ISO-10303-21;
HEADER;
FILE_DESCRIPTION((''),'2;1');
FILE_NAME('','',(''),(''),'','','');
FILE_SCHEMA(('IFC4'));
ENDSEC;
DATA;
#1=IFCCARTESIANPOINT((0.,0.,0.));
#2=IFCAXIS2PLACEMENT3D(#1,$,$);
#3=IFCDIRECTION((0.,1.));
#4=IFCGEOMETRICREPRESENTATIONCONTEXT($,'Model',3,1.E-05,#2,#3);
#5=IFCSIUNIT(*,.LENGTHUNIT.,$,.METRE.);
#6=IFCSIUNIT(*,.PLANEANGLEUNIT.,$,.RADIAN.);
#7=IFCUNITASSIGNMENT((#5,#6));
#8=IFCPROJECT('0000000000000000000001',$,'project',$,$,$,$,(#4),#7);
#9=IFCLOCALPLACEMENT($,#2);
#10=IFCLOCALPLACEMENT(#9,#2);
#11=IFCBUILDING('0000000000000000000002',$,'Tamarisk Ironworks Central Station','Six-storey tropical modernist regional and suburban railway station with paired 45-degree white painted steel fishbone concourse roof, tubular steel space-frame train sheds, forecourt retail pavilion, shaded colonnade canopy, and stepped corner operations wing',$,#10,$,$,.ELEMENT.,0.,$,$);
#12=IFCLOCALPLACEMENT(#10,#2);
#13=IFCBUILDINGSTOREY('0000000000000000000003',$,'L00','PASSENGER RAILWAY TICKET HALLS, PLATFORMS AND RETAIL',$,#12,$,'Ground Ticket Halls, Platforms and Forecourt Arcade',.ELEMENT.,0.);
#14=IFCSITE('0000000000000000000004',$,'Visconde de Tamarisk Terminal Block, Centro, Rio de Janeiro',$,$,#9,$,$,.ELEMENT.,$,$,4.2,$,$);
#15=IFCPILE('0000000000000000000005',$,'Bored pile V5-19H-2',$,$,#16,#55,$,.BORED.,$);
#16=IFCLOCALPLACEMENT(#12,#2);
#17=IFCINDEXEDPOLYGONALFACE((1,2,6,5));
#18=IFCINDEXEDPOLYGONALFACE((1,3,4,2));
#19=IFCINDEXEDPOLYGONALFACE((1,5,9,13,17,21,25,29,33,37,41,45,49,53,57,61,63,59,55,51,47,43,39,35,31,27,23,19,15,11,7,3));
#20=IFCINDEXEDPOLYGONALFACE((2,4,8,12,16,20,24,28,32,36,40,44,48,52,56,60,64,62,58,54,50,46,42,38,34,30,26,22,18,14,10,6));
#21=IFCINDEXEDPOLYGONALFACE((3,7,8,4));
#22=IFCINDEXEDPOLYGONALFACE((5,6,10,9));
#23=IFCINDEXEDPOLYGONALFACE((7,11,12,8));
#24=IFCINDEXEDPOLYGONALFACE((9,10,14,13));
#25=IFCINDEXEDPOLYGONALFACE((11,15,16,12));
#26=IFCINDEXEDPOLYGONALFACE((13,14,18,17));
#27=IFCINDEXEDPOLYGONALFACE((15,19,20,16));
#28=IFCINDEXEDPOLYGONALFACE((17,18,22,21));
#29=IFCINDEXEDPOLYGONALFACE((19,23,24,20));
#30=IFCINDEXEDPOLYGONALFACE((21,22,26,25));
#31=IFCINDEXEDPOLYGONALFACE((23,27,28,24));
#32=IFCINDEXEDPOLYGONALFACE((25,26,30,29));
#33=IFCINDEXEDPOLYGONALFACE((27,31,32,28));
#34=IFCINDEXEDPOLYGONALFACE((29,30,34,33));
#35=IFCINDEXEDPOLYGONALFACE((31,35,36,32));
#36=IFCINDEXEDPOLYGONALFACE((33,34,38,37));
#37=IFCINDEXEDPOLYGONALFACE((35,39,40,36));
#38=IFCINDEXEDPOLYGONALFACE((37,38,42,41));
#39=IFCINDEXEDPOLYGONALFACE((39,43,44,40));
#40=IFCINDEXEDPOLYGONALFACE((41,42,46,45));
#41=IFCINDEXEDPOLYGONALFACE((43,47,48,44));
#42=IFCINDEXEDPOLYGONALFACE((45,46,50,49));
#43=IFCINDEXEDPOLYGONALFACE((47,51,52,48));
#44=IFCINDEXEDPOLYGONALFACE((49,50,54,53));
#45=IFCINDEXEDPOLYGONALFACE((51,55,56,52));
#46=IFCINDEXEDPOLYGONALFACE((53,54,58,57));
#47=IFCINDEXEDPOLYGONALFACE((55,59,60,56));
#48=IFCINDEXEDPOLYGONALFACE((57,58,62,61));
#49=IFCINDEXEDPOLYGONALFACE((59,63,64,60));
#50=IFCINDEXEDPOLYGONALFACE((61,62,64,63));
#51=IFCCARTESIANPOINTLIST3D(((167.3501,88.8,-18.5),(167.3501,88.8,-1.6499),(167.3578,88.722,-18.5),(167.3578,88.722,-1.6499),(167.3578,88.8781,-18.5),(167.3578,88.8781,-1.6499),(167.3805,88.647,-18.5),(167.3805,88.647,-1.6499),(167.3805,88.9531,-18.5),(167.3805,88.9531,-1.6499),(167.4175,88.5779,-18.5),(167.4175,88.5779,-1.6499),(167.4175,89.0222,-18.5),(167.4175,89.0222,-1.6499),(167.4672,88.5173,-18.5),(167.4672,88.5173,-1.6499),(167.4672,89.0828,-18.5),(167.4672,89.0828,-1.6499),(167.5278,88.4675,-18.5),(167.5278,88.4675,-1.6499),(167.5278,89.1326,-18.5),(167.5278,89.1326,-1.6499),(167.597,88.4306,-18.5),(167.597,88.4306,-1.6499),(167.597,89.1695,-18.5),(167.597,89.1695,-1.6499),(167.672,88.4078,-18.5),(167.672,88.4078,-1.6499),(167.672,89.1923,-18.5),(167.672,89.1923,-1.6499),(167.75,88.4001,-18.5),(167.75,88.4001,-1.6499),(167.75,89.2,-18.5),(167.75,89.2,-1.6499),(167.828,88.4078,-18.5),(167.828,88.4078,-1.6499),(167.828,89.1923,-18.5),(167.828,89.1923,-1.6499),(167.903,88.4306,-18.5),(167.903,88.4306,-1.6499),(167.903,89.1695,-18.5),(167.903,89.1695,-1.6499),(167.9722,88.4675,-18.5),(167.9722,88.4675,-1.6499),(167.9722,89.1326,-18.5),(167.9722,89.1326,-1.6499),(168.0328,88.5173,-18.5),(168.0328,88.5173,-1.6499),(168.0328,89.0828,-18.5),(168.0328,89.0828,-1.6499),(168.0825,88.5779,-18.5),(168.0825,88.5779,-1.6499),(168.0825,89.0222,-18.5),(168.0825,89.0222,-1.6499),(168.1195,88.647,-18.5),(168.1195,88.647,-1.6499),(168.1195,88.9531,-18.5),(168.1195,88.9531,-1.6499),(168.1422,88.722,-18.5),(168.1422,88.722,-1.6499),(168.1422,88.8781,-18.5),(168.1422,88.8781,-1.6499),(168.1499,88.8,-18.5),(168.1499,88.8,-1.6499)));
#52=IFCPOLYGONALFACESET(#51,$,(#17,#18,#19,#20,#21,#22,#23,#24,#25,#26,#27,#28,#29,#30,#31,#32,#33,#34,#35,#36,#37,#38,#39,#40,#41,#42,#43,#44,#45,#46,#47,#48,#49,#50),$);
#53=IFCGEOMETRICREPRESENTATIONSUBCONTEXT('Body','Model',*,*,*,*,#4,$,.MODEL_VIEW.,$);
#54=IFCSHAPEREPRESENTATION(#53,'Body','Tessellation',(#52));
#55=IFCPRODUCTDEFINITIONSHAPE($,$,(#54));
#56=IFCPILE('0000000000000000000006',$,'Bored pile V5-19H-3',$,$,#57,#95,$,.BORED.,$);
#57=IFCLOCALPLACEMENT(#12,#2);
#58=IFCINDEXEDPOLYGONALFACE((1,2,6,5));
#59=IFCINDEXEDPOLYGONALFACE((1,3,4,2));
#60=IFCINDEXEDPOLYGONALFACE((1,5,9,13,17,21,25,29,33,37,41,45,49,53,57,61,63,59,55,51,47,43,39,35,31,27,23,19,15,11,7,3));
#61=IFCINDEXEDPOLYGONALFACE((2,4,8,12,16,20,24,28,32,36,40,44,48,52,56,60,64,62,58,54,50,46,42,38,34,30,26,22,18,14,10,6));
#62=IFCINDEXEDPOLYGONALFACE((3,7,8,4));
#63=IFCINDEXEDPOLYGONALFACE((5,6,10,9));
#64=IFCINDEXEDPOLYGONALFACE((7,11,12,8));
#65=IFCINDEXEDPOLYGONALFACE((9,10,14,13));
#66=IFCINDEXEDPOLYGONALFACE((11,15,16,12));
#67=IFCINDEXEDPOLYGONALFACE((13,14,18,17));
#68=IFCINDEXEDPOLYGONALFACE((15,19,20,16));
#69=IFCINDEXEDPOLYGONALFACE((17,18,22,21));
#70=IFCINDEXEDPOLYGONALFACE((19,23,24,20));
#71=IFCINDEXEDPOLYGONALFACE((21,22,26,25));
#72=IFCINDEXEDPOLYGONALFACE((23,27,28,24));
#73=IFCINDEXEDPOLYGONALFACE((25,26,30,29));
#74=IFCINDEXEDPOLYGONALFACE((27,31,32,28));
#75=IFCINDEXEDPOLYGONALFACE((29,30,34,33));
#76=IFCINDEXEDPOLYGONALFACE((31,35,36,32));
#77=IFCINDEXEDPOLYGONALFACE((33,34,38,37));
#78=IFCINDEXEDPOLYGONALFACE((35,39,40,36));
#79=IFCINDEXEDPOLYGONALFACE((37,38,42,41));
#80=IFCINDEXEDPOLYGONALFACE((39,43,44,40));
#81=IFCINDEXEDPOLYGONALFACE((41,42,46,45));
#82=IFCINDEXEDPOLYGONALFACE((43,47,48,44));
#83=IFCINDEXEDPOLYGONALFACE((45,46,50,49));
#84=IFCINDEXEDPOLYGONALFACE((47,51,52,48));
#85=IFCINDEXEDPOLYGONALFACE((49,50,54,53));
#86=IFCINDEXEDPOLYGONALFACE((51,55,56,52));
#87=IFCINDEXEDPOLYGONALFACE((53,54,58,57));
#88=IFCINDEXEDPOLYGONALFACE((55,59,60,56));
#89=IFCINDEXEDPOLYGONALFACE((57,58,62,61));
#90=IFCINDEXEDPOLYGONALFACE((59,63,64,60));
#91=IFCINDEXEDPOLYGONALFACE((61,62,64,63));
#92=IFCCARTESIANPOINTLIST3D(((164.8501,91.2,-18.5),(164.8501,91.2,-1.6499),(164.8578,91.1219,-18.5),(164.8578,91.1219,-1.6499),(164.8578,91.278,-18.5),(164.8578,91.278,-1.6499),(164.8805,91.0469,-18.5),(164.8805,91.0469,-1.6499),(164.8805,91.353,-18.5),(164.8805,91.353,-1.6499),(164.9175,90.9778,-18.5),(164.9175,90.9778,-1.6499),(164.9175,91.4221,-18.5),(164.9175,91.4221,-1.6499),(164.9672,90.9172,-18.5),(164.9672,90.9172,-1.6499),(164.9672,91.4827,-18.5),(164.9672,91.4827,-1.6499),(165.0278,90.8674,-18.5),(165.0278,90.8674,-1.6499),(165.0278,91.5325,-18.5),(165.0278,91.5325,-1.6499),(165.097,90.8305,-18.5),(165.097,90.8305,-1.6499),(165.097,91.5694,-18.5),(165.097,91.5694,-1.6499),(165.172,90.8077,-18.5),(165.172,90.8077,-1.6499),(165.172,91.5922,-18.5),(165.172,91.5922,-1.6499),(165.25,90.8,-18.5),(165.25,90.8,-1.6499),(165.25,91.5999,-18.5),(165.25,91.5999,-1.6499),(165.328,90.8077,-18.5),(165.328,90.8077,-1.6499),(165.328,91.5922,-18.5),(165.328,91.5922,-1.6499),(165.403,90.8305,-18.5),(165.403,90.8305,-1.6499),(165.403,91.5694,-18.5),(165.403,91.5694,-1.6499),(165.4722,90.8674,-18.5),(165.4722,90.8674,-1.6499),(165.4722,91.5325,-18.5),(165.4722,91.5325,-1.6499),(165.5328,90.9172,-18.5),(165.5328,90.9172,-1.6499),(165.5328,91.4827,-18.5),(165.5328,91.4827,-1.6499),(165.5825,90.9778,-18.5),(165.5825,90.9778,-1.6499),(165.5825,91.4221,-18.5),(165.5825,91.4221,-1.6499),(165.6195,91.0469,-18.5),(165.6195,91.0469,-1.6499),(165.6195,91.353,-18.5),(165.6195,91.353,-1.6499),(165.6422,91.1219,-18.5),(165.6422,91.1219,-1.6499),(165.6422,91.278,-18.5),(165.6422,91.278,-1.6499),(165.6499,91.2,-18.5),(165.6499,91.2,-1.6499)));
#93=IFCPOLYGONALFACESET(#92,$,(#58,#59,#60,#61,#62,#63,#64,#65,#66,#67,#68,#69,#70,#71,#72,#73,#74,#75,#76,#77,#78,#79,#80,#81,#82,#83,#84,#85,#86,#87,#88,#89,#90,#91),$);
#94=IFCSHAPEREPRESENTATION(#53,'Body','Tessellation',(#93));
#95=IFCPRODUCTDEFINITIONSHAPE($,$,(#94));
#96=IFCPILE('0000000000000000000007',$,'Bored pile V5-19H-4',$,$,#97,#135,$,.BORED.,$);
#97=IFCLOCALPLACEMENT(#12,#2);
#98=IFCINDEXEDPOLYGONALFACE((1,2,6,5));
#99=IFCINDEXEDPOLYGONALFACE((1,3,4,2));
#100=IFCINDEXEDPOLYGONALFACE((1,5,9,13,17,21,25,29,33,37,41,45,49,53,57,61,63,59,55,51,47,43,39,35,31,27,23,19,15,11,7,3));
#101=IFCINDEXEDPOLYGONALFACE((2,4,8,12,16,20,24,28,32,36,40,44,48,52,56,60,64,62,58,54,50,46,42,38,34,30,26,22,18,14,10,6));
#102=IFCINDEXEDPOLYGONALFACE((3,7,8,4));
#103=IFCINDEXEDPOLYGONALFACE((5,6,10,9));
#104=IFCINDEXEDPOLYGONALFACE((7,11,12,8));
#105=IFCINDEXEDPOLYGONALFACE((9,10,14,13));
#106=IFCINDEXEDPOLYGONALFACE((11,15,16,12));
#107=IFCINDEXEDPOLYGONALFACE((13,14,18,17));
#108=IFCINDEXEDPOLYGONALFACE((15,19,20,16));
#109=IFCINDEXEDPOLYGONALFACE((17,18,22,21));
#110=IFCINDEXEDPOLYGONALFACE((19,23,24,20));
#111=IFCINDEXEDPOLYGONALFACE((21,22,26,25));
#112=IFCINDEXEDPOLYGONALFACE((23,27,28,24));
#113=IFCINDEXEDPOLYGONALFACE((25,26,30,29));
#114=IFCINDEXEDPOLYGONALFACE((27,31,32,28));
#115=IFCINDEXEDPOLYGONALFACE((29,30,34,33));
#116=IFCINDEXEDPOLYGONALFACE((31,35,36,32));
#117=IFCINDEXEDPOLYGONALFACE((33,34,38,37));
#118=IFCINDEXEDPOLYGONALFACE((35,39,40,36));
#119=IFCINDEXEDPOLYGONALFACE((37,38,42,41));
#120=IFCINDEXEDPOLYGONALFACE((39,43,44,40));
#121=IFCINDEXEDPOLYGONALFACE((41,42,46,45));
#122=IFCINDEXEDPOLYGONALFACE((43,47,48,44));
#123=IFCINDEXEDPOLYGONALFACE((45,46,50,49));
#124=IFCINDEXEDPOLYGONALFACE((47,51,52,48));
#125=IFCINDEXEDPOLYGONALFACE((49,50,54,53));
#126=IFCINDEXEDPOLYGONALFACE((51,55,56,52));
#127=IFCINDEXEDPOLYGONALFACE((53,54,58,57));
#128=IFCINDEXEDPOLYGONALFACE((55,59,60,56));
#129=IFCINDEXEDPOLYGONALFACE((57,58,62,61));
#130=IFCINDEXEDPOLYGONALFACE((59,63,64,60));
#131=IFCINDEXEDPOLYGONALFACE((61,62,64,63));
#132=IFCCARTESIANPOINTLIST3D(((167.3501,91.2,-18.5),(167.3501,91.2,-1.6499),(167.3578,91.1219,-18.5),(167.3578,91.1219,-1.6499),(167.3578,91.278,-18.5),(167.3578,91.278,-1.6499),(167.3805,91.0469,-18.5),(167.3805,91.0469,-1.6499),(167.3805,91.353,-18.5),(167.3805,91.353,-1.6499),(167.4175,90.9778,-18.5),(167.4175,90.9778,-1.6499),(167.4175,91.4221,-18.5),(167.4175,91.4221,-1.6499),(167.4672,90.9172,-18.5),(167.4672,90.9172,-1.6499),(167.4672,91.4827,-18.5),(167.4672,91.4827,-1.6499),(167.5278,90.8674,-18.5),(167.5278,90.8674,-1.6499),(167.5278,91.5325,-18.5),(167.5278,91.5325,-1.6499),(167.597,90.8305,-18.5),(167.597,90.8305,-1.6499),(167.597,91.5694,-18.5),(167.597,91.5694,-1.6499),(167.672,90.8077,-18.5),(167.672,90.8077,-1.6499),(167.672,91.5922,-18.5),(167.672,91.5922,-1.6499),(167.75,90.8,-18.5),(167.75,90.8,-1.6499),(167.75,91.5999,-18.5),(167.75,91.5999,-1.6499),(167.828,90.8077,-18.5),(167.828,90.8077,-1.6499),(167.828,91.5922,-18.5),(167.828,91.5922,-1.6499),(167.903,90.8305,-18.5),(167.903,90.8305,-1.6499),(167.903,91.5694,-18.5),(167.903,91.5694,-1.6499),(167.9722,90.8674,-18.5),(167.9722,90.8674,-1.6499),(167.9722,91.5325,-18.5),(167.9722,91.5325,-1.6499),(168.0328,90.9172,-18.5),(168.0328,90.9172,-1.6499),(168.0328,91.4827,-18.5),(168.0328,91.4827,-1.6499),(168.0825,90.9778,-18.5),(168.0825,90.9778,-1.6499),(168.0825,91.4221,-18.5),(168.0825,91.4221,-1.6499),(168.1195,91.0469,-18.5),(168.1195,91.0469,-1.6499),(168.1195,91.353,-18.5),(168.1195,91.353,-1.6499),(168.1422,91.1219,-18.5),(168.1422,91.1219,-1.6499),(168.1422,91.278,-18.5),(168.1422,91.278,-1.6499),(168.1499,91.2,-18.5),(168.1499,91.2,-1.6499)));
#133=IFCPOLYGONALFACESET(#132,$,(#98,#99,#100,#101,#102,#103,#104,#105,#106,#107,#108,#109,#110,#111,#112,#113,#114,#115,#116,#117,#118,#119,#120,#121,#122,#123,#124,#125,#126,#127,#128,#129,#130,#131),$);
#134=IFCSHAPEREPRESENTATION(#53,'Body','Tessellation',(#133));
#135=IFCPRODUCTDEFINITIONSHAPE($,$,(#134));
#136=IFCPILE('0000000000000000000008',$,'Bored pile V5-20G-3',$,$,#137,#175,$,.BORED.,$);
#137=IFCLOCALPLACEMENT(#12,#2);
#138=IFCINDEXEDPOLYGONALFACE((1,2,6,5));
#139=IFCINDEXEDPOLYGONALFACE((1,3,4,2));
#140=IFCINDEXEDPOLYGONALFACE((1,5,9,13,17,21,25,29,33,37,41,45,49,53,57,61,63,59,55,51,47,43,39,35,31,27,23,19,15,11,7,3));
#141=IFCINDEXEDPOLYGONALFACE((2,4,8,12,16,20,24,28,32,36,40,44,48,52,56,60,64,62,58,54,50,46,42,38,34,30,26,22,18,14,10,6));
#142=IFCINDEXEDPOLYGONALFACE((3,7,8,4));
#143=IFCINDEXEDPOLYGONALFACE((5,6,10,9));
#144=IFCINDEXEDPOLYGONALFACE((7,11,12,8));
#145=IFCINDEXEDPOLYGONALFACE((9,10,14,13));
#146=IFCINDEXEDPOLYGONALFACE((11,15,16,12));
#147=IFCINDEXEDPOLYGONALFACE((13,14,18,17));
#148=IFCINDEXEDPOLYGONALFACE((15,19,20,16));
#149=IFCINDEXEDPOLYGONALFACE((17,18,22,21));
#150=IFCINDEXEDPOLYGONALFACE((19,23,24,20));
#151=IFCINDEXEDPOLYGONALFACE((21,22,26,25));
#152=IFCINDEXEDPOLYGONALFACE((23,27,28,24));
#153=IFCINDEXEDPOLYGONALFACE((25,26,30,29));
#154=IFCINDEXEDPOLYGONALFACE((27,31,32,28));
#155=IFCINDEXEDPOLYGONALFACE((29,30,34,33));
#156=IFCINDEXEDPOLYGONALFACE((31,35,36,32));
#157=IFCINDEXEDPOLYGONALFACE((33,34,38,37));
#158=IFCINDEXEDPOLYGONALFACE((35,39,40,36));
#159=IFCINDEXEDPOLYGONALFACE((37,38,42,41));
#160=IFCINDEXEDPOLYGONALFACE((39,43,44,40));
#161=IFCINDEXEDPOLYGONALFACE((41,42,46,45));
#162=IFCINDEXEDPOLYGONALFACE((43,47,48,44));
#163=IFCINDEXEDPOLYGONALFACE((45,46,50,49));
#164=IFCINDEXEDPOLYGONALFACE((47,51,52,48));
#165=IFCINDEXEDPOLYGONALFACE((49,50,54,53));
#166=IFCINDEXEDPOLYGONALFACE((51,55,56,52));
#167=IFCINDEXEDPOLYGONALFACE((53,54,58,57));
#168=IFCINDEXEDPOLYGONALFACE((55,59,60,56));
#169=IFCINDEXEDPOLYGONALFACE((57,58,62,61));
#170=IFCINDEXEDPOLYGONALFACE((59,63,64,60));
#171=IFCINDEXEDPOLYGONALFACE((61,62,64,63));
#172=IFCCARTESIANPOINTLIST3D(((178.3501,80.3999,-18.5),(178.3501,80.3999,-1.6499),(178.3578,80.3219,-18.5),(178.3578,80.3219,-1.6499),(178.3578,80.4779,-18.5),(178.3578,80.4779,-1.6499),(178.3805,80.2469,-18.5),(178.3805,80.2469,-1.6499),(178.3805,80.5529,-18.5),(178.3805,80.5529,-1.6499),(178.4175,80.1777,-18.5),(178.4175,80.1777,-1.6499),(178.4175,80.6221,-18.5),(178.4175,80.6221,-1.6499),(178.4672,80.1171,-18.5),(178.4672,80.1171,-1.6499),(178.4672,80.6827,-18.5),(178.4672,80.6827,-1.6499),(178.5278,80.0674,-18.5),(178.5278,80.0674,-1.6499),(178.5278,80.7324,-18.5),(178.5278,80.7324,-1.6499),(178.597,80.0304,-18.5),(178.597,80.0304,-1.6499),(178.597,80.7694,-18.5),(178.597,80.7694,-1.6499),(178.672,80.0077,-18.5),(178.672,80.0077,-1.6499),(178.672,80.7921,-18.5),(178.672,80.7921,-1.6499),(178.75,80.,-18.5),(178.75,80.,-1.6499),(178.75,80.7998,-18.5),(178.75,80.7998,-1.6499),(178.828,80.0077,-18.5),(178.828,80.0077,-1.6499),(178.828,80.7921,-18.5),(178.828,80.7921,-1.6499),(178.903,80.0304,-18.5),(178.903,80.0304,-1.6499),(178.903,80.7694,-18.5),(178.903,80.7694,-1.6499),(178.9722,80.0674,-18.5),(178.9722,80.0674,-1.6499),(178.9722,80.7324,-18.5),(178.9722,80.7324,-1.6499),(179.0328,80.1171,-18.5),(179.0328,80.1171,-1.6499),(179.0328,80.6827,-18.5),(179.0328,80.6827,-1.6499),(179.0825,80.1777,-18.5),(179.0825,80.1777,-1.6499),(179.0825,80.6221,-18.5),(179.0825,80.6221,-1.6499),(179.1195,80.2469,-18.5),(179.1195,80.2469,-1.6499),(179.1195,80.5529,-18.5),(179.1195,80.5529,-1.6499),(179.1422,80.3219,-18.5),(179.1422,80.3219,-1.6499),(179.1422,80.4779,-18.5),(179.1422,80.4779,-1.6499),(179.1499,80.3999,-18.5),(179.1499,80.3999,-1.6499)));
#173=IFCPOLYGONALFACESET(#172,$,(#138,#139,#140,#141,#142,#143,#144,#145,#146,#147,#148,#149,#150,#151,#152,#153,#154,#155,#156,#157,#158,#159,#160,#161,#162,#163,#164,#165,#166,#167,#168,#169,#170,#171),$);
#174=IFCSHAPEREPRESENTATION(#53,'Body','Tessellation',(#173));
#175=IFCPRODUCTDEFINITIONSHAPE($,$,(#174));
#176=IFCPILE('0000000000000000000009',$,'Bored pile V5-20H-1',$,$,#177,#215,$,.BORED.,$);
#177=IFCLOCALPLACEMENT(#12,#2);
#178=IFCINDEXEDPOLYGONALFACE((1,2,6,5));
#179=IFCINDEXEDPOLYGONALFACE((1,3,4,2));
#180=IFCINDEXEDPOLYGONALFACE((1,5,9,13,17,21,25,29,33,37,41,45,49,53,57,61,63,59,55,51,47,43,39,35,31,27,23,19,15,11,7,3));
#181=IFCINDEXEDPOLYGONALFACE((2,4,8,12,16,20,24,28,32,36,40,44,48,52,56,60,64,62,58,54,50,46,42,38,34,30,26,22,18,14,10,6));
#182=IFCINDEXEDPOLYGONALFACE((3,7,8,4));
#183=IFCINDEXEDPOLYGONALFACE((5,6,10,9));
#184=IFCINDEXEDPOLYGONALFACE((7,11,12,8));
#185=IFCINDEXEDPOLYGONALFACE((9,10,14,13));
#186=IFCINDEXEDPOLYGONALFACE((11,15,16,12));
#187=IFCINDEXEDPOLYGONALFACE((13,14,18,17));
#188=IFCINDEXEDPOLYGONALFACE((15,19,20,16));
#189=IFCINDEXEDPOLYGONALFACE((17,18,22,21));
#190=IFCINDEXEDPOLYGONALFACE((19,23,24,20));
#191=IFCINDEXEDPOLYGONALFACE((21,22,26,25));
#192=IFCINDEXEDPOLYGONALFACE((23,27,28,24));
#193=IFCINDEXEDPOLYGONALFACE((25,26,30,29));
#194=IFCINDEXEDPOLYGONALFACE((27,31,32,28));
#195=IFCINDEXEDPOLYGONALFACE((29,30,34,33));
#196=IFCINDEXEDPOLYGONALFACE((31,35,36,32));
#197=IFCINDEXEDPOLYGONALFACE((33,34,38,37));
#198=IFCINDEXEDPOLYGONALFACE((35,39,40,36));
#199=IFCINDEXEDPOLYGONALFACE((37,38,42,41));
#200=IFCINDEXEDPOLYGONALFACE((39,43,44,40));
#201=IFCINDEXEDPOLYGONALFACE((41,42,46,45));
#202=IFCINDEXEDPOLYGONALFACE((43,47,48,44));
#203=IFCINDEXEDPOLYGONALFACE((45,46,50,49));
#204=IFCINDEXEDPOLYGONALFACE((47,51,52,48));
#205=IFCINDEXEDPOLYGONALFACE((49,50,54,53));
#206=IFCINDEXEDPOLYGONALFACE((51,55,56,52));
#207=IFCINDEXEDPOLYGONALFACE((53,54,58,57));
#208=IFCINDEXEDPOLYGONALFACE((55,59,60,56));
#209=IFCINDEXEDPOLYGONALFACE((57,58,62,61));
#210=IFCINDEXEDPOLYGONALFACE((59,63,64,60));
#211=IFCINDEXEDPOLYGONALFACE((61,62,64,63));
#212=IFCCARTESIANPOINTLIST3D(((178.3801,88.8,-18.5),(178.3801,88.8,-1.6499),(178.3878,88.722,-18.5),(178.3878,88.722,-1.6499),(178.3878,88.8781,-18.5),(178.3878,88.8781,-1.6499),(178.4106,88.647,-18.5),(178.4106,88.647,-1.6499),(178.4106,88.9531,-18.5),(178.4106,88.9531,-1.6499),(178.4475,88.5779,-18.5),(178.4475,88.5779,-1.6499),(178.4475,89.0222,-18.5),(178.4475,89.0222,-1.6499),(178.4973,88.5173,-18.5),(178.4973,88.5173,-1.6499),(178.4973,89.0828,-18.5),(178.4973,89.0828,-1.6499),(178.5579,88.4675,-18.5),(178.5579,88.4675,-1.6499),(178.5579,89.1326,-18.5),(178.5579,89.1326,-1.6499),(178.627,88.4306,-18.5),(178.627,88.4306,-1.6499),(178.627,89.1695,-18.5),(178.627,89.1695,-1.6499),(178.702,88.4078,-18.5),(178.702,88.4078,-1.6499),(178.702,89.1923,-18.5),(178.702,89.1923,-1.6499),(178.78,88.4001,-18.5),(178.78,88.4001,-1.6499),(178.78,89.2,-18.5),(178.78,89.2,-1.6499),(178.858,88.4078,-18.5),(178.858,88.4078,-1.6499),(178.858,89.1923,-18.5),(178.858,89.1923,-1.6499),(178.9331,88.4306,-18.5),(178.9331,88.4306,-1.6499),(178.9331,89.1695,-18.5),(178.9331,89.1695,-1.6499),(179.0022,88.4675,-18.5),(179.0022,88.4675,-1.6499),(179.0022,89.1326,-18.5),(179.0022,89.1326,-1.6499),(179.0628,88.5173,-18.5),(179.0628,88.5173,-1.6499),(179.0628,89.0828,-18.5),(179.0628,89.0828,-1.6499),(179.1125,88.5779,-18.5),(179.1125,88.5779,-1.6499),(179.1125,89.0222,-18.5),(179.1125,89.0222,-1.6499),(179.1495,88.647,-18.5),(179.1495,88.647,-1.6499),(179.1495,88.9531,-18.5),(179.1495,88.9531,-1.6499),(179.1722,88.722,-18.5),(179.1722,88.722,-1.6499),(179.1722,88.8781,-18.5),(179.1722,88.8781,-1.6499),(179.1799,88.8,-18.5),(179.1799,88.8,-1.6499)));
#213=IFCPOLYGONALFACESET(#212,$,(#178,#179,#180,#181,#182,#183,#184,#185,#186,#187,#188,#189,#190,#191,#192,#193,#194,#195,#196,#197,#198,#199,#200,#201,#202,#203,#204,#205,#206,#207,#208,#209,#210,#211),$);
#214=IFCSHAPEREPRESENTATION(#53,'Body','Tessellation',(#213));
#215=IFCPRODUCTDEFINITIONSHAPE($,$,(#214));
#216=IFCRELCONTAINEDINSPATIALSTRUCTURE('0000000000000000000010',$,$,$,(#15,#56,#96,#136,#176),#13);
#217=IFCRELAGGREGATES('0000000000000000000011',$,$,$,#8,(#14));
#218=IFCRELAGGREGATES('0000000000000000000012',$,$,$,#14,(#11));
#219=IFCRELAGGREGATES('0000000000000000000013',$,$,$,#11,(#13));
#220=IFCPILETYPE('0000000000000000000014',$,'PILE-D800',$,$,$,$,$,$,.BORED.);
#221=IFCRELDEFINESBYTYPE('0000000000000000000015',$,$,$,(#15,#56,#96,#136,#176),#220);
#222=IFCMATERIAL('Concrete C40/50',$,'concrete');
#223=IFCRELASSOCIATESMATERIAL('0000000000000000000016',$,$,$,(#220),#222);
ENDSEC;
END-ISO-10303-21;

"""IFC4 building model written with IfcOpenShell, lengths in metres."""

from ifc_helpers import new_model, si_unit, direction, frame, origin, origin_2d, place, context, subcontext, project, spatial, circle, extrude, material, material_profile, profile_set, type_object, element, save


model = new_model("IFC4")

# Units and contexts
model_context = context("Model", 3, precision=1e-05, world=origin(), true_north=direction((0.0, 1.0)))
body_context = subcontext(model_context, "Body", "Model", "MODEL_VIEW")
ifc_project = project(units=[si_unit("LENGTHUNIT", "METRE"), si_unit("PLANEANGLEUNIT", "RADIAN")], contexts=[model_context])

# Site, building, storey
site_placement = place(None, origin())
site = spatial("IfcSite", under=ifc_project, at=site_placement, Name="Visconde de Tamarisk Terminal Block, Centro, Rio de Janeiro", CompositionType="ELEMENT", RefElevation=4.2)
building_placement = place(site_placement, origin())
building = spatial("IfcBuilding", under=site, at=building_placement, Name="Tamarisk Ironworks Central Station", Description="Six-storey tropical modernist regional and suburban railway station with paired 45-degree white painted steel fishbone concourse roof, tubular steel space-frame train sheds, forecourt retail pavilion, shaded colonnade canopy, and stepped corner operations wing", CompositionType="ELEMENT", ElevationOfRefHeight=0.0)
storey_placement = place(building_placement, origin())
storey = spatial("IfcBuildingStorey", under=building, at=storey_placement, Name="L00", Description="PASSENGER RAILWAY TICKET HALLS, PLATFORMS AND RETAIL", LongName="Ground Ticket Halls, Platforms and Forecourt Arcade", CompositionType="ELEMENT", Elevation=0.0)

# Shared definitions
ifc_material_1 = material(Name="Concrete C40/50", Category="concrete")

# Piles
ifc_material_profile_1 = material_profile(ifc_material_1, circle(Radius=0.3999, at=origin_2d()), Name="BORED PILE D800")
ifc_profile_set_1 = profile_set([ifc_material_profile_1], Name="Concrete C40/50")
pile_type = type_object("IfcPileType", Name="PILE-D800", PredefinedType="BORED", material=ifc_profile_set_1)
for number, where, z_axis, x_axis, name in (
    (1, (167.75, 88.8, -1.6499), (0.0, 0.0, -1.0), (1.0, 0.0, 0.0), "Bored pile V5-19H-2"),
    (2, (165.25, 91.2, -1.6499), (0.0, 0.0, -1.0), (1.0, 0.0, 0.0), "Bored pile V5-19H-3"),
    (3, (167.75, 91.2, -1.6499), (0.0, 0.0, -1.0), (1.0, 0.0, 0.0), "Bored pile V5-19H-4"),
    (4, (178.75, 80.3999, -1.6499), (0.0, 0.0, -1.0), (1.0, 0.0, 0.0), "Bored pile V5-20G-3"),
    (5, (178.78, 88.8, -1.6499), (0.0, 0.0, -1.0), (1.0, 0.0, 0.0), "Bored pile V5-20H-1"),
):
    element("IfcPile", number, at=place(storey_placement, frame(where, z_axis=z_axis, x_axis=x_axis)), inside=storey, type_object=pile_type, Name=name, PredefinedType="BORED", context=body_context, shape_type="SweptSolid", body=[
        extrude(circle(Radius=0.3999, at=origin_2d()), origin(), (0.0, 0.0, 1.0), 16.8501),
    ])

save(model, "model.ifc")
